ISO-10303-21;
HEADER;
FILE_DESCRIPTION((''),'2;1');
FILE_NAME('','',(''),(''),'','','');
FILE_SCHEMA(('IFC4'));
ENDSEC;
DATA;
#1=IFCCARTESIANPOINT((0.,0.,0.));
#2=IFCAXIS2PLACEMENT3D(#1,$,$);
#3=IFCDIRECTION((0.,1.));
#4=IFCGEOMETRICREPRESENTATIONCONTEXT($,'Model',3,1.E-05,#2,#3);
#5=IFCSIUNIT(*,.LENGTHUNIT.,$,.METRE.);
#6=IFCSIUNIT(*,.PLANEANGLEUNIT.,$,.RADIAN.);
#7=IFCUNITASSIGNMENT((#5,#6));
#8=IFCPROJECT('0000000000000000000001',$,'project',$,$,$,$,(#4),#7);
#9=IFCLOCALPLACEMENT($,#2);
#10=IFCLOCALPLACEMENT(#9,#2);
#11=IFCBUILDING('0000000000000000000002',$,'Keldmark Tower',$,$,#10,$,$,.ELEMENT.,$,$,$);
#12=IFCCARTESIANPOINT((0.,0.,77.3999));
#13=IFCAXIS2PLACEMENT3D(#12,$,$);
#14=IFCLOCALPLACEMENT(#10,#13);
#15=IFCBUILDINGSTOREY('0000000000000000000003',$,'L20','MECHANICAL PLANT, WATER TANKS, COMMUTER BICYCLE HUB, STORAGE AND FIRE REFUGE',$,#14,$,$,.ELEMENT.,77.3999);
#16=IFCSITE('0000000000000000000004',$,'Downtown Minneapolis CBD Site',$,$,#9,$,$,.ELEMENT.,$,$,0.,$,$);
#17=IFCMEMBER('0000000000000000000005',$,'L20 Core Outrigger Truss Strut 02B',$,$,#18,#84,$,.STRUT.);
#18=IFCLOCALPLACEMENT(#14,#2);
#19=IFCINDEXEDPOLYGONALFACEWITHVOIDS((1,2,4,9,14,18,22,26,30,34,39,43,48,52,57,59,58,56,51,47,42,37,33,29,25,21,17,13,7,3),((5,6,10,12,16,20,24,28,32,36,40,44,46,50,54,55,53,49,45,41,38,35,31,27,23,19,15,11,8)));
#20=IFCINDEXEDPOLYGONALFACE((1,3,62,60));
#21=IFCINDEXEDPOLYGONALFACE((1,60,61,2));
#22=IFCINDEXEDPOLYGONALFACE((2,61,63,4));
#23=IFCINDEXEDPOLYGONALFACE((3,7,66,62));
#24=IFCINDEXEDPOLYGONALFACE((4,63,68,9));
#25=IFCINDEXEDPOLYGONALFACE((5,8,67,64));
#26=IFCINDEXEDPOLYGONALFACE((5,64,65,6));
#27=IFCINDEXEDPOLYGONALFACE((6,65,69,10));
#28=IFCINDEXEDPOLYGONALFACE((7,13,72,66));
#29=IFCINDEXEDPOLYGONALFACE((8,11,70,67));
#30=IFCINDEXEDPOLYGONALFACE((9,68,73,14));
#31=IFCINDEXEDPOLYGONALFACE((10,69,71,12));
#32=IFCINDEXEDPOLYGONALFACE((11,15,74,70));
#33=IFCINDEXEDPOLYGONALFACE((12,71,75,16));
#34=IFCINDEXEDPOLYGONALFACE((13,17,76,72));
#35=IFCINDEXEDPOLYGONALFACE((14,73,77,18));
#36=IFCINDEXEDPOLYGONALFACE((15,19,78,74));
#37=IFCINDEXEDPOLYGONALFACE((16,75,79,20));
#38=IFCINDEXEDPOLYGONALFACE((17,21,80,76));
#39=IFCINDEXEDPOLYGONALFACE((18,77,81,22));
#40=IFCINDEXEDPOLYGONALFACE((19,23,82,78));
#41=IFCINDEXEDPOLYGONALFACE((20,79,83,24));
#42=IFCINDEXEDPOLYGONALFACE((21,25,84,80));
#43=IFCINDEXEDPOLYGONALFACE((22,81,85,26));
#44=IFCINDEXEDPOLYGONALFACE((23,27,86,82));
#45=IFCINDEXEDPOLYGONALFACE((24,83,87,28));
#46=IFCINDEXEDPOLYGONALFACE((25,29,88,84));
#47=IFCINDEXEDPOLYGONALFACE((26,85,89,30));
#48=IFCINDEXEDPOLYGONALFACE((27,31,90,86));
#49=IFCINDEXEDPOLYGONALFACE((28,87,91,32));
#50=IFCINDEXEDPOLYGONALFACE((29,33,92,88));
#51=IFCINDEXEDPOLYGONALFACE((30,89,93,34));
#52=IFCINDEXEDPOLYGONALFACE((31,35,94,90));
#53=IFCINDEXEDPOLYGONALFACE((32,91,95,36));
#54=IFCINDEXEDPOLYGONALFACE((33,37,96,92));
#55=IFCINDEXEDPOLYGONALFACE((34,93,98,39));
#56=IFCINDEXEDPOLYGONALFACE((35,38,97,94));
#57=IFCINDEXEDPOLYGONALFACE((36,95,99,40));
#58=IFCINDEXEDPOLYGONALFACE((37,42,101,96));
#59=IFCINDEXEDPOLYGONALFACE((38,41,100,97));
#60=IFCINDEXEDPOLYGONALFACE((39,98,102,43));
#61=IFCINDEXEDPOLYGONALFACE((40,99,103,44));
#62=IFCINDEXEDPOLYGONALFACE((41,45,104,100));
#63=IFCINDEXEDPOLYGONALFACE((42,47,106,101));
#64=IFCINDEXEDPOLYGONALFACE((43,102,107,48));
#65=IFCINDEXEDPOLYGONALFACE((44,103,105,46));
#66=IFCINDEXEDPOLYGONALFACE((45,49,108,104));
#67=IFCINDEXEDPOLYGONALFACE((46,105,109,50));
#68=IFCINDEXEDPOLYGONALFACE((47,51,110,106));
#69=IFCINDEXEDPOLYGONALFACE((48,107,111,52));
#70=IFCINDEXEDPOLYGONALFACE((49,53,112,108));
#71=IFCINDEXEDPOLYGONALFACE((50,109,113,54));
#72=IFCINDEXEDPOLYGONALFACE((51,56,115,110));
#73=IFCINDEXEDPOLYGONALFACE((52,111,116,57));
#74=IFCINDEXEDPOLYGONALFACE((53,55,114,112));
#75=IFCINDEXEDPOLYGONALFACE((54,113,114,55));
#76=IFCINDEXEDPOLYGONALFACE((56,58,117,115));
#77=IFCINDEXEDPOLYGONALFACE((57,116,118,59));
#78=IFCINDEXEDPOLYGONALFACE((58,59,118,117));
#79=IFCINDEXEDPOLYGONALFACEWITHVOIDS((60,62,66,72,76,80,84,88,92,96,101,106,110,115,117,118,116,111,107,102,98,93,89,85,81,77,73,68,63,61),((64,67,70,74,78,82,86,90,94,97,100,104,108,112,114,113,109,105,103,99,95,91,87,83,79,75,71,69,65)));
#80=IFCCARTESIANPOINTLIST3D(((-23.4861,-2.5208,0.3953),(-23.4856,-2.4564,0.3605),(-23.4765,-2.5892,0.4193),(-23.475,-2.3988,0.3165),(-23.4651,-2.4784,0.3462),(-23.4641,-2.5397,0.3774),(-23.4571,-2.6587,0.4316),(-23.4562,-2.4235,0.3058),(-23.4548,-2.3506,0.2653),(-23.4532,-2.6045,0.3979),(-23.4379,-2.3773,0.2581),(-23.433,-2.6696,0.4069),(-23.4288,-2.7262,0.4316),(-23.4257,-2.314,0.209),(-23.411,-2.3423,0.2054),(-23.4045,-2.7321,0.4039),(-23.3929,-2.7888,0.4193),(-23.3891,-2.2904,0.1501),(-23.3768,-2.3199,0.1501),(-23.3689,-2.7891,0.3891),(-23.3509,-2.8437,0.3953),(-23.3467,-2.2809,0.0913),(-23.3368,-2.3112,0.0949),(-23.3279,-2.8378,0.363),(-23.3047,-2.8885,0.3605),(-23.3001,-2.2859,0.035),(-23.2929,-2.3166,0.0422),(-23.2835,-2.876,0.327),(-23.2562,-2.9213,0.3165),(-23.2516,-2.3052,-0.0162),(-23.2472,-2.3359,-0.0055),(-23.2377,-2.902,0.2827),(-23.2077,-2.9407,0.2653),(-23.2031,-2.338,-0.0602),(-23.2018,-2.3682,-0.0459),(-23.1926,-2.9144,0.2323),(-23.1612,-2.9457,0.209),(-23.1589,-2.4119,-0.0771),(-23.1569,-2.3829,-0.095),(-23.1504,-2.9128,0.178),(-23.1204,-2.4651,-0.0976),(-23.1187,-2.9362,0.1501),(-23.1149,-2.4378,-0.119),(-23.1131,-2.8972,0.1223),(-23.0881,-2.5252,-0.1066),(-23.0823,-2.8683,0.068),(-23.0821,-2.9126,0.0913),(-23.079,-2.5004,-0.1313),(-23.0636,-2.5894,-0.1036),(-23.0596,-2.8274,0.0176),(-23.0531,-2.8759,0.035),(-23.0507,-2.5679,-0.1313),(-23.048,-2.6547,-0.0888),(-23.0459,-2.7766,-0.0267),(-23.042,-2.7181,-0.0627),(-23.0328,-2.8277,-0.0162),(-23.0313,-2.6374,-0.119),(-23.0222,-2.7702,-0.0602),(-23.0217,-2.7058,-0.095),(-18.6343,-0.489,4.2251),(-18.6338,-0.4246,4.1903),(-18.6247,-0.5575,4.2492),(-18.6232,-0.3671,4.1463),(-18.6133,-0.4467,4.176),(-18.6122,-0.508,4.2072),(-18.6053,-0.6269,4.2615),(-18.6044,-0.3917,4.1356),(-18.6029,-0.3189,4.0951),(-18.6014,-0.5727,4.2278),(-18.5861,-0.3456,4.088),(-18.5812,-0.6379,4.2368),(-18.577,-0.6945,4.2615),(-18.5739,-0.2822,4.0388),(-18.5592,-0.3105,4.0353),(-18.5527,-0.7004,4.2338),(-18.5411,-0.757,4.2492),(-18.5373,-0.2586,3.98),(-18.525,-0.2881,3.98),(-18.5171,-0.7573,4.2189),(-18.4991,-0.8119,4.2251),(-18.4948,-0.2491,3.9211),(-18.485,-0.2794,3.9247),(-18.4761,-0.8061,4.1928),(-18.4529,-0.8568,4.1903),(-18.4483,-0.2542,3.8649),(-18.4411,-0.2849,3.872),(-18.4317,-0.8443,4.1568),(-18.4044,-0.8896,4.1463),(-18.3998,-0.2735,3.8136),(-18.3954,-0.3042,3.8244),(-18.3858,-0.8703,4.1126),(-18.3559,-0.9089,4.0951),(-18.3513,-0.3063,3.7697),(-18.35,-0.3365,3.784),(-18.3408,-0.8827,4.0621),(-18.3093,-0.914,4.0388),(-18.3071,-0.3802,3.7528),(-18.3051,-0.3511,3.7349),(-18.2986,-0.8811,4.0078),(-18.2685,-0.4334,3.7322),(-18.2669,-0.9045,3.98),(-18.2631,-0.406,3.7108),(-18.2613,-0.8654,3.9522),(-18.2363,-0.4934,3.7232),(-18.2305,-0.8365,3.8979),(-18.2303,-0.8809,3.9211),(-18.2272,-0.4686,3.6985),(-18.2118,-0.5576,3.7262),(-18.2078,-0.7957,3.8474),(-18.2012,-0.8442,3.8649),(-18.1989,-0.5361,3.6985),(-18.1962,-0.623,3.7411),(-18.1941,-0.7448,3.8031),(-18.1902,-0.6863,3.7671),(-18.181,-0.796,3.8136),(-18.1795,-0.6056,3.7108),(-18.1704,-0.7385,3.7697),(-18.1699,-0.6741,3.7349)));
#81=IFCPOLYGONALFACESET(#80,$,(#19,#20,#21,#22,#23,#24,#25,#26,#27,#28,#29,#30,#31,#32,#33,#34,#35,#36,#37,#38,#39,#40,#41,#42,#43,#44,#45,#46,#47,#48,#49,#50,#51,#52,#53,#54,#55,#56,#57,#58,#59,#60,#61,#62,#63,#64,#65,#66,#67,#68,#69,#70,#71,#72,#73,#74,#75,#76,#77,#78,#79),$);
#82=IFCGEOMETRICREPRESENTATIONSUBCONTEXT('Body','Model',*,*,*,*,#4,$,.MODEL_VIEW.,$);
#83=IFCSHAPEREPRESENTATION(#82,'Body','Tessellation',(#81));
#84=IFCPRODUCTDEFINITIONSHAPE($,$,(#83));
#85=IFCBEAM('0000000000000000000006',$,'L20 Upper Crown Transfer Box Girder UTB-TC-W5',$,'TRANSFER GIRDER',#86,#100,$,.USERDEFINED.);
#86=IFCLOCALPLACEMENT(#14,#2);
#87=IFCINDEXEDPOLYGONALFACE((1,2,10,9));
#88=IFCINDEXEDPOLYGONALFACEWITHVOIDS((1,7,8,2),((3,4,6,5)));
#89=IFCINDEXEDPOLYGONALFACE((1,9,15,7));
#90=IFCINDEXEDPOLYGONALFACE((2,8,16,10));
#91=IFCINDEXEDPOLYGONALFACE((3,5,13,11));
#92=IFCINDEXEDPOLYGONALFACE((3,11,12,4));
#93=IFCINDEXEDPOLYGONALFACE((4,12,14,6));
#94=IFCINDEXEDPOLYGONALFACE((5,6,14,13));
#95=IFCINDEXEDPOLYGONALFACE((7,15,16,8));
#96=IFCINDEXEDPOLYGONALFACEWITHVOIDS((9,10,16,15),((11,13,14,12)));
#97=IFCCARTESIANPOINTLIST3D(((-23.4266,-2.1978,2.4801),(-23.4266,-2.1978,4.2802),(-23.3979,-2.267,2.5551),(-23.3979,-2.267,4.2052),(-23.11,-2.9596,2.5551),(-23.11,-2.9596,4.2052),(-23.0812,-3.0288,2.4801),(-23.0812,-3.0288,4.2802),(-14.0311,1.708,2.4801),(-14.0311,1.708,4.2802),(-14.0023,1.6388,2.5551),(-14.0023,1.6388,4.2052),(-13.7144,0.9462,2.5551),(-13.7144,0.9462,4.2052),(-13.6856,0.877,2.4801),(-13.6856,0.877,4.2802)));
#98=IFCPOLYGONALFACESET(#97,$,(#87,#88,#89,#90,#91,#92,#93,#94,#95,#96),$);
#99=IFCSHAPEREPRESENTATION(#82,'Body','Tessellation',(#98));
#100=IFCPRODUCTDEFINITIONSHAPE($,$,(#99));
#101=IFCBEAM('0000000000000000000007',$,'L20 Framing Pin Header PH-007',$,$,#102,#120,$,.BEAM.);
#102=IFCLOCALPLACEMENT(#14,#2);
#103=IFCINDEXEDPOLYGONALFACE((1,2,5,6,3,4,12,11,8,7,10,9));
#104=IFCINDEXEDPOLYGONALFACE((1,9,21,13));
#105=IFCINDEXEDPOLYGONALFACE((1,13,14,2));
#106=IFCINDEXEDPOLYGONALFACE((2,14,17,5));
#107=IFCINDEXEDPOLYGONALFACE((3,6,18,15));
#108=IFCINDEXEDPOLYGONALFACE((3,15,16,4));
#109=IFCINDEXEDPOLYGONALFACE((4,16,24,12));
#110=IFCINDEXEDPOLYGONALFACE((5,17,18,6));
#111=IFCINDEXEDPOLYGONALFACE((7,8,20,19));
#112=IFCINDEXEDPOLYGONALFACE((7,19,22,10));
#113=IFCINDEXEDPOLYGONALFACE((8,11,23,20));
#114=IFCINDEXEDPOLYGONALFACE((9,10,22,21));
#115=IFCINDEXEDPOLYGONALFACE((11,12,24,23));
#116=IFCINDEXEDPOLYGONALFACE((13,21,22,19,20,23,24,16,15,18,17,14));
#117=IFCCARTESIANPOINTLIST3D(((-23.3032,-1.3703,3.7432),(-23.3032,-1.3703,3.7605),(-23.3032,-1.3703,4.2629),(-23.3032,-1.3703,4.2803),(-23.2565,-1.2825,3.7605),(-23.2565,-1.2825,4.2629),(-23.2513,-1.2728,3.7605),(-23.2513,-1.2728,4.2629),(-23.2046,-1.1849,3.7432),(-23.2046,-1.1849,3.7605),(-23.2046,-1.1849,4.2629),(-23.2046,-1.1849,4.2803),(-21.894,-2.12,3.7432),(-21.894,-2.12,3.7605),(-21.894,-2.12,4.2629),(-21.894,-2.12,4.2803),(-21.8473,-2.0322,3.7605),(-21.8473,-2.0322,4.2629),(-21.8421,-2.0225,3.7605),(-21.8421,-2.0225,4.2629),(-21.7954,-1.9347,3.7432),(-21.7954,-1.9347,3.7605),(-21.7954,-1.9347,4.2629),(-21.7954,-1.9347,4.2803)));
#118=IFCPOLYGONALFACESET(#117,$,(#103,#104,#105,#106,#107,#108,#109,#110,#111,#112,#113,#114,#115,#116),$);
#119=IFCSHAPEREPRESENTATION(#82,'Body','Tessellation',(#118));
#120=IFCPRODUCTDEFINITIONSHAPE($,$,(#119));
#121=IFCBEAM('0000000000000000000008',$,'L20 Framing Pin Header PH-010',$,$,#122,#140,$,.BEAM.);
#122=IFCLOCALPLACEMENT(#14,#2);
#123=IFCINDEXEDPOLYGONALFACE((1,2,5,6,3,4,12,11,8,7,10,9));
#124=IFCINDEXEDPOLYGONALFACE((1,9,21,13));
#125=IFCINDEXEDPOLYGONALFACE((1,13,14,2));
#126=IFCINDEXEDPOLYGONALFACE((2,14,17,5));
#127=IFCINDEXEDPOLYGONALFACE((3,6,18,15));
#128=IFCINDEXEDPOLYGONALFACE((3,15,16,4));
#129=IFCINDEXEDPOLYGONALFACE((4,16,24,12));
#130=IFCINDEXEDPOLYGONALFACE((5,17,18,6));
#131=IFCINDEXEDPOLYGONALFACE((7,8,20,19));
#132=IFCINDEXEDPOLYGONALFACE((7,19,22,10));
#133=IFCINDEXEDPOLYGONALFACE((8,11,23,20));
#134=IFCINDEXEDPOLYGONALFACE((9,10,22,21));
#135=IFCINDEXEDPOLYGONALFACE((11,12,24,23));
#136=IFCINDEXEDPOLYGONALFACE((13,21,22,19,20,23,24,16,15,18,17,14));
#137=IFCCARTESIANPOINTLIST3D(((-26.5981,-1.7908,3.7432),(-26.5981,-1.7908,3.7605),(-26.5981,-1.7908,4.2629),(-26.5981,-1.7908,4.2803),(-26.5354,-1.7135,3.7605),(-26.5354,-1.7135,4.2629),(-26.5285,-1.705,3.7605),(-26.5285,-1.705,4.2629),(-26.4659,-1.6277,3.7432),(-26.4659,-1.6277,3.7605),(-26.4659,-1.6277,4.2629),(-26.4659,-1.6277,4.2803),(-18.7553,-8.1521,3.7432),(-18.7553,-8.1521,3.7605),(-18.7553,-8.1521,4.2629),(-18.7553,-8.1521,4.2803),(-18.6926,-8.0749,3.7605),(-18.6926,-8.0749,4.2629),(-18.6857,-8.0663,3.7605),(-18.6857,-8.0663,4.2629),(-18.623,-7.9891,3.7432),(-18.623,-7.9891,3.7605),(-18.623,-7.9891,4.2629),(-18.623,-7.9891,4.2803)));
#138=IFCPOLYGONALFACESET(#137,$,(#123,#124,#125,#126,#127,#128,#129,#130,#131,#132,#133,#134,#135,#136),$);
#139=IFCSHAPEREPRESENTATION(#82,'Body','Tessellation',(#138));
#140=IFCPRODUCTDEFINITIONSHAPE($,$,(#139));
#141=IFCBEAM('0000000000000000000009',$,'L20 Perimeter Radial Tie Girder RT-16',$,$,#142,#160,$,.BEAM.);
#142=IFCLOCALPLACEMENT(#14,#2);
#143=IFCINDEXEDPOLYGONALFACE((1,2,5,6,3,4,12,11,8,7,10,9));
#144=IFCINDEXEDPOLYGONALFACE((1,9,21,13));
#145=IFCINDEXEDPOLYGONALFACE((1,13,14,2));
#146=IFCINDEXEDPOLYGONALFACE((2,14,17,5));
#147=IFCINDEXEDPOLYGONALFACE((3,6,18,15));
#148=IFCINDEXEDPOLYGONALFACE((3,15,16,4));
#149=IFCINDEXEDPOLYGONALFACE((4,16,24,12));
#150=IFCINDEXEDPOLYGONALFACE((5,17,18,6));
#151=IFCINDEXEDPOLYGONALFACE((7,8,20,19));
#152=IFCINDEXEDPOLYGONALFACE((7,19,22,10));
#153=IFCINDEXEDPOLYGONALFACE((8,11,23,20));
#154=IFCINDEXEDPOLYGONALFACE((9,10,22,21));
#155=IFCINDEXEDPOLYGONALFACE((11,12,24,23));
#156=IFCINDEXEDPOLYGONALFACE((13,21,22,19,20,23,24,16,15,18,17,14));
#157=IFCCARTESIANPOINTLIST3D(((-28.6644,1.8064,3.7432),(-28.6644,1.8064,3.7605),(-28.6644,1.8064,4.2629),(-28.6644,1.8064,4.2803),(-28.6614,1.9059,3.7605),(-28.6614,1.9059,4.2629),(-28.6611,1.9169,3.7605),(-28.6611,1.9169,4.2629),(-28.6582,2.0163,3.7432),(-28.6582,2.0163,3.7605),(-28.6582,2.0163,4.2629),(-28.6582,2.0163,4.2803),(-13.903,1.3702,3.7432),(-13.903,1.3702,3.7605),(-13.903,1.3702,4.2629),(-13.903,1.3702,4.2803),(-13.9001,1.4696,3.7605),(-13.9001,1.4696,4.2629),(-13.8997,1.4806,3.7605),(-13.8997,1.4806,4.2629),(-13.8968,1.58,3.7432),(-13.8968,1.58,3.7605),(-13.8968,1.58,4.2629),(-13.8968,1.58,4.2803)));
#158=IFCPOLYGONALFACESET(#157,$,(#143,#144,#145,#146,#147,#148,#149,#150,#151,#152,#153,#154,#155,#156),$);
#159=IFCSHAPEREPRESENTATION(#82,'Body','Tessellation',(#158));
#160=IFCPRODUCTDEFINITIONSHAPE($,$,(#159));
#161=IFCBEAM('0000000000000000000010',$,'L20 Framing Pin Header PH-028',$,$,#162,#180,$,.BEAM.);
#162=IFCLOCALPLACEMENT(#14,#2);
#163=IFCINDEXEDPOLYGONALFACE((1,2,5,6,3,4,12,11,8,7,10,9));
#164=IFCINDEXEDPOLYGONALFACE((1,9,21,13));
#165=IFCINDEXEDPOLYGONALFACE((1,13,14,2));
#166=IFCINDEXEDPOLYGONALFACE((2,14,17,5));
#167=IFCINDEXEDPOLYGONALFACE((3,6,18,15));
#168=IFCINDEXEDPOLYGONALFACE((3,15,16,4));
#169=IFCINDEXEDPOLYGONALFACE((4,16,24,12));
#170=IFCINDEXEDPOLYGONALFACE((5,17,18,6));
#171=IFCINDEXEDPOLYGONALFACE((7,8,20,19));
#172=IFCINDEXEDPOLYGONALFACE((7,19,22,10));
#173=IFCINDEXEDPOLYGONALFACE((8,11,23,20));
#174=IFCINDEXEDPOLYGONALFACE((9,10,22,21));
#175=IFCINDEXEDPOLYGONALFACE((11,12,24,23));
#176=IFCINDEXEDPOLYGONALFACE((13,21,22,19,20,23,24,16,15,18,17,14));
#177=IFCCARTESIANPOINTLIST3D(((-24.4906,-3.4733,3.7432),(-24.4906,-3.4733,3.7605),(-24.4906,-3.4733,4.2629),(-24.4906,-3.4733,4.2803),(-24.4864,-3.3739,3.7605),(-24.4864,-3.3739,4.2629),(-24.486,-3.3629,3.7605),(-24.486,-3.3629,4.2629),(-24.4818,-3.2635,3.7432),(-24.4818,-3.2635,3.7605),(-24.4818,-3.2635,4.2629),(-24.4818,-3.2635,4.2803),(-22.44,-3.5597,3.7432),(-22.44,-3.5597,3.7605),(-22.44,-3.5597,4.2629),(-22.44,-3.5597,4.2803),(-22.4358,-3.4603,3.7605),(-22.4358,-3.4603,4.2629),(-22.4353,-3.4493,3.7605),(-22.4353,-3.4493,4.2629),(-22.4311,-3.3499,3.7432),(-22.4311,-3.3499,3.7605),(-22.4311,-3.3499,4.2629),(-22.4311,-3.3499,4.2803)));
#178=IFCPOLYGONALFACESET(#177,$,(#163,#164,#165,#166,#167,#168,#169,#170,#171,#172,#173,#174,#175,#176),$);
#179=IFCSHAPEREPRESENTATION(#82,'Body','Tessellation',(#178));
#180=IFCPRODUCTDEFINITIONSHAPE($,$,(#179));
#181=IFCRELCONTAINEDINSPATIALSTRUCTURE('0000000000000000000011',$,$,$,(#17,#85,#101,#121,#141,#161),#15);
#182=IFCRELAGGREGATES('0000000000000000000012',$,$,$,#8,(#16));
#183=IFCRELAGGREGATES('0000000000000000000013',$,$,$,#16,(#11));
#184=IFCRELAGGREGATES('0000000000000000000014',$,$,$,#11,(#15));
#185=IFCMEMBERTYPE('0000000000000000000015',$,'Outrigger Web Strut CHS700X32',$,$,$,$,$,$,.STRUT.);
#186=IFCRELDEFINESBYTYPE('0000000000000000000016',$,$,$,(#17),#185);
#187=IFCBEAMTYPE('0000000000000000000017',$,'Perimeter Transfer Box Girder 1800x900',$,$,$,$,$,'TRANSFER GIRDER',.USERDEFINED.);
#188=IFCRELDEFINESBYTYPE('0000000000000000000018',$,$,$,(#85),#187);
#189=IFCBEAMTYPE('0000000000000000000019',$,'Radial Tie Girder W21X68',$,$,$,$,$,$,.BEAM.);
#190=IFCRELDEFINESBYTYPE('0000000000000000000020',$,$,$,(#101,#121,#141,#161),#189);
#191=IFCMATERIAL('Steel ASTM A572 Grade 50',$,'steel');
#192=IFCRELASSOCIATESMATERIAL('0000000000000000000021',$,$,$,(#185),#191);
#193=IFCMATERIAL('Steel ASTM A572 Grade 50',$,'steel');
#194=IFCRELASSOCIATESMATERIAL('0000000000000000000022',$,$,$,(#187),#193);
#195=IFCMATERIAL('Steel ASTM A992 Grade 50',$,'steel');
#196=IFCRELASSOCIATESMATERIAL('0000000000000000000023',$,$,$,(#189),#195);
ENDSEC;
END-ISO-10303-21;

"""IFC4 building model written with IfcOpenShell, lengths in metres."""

from ifc_helpers import new_model, si_unit, direction, frame, origin, origin_2d, place, context, subcontext, project, spatial, hollow_rectangle, hollow_circle, i_section, extrude, material, material_profile, profile_set, type_object, element, save


model = new_model("IFC4")

# Units and contexts
model_context = context("Model", 3, precision=1e-05, world=origin(), true_north=direction((0.0, 1.0)))
body_context = subcontext(model_context, "Body", "Model", "MODEL_VIEW")
ifc_project = project(units=[si_unit("LENGTHUNIT", "METRE"), si_unit("PLANEANGLEUNIT", "RADIAN")], contexts=[model_context])

# Site, building, storey
site_placement = place(None, origin())
site = spatial("IfcSite", under=ifc_project, at=site_placement, Name="Downtown Minneapolis CBD Site", CompositionType="ELEMENT", RefElevation=0.0)
building_placement = place(site_placement, origin())
building = spatial("IfcBuilding", under=site, at=building_placement, Name="Keldmark Tower", CompositionType="ELEMENT")
storey_placement = place(building_placement, frame((0.0, 0.0, 77.3999)))
storey = spatial("IfcBuildingStorey", under=building, at=storey_placement, Name="L20", Description="MECHANICAL PLANT, WATER TANKS, COMMUTER BICYCLE HUB, STORAGE AND FIRE REFUGE", CompositionType="ELEMENT", Elevation=77.3999)

# Member
ifc_material_1 = material(Name="Steel ASTM A572 Grade 50", Category="steel")
ifc_material_profile_1 = material_profile(ifc_material_1, hollow_circle(Radius=0.3501, WallThickness=0.032, at=origin_2d()), Name="CHS700X32")
ifc_profile_set_1 = profile_set([ifc_material_profile_1], Name="Steel ASTM A572 Grade 50")
member_type_1 = type_object("IfcMemberType", Name="Outrigger Web Strut CHS700X32", PredefinedType="STRUT", material=ifc_profile_set_1)
member_1_placement = place(storey_placement, frame((-23.2539, -2.6133, 0.1501), z_axis=(0.745677, 0.312259, 0.588609), x_axis=(-0.386259, 0.92239, 0.0)))
element("IfcMember", 1, at=member_1_placement, inside=storey, type_object=member_type_1, Name="L20 Core Outrigger Truss Strut 02B", PredefinedType="STRUT", context=body_context, shape_type="SweptSolid", body=[
    extrude(hollow_circle(Radius=0.3501, WallThickness=0.032, at=origin_2d()), origin(), (0.0, 0.0, 1.0), 6.5066),
])

# Beams
ifc_material_2 = material(Name="Steel ASTM A572 Grade 50", Category="steel")
ifc_material_profile_2 = material_profile(ifc_material_2, hollow_rectangle(XDim=0.8999, YDim=1.8, WallThickness=0.075, at=origin_2d()), Name="TBOX1800X900X75")
ifc_profile_set_2 = profile_set([ifc_material_profile_2], Name="Steel ASTM A572 Grade 50")
beam_type_1 = type_object("IfcBeamType", Name="Perimeter Transfer Box Girder 1800x900", ElementType="TRANSFER GIRDER", PredefinedType="USERDEFINED", material=ifc_profile_set_2)
beam_1_placement = place(storey_placement, frame((-23.2539, -2.6133, 3.3801), z_axis=(0.923392, 0.383859, 0.0), x_axis=(-0.383859, 0.923392, 0.0)))
element("IfcBeam", 2, at=beam_1_placement, inside=storey, type_object=beam_type_1, Name="L20 Upper Crown Transfer Box Girder UTB-TC-W5", ObjectType="TRANSFER GIRDER", PredefinedType="USERDEFINED", context=body_context, shape_type="SweptSolid", body=[
    extrude(hollow_rectangle(XDim=0.8999, YDim=1.8, WallThickness=0.075, at=origin_2d()), origin(), (0.0, 0.0, 1.0), 10.175),
])
ifc_material_3 = material(Name="Steel ASTM A992 Grade 50", Category="steel")
ifc_material_profile_3 = material_profile(ifc_material_3, i_section(OverallWidth=0.21, OverallDepth=0.5371, WebThickness=0.011, FlangeThickness=0.0173, at=origin_2d()), Name="W21X68")
ifc_profile_set_3 = profile_set([ifc_material_profile_3], Name="Steel ASTM A992 Grade 50")
beam_type_2 = type_object("IfcBeamType", Name="Radial Tie Girder W21X68", PredefinedType="BEAM", material=ifc_profile_set_3)
beam_2_placement = place(storey_placement, frame((-21.8447, -2.0273, 4.0117), z_axis=(-0.882822, 0.469707, 0.0), x_axis=(-0.469707, -0.882822, 0.0)))
element("IfcBeam", 3, at=beam_2_placement, inside=storey, type_object=beam_type_2, Name="L20 Framing Pin Header PH-007", PredefinedType="BEAM", context=body_context, shape_type="SweptSolid", body=[
    extrude(i_section(OverallWidth=0.21, OverallDepth=0.5371, WebThickness=0.011, FlangeThickness=0.0173, at=origin_2d()), origin(), (0.0, 0.0, 1.0), 1.5962),
])
beam_3_placement = place(storey_placement, frame((-26.532, -1.7092, 4.0117), z_axis=(0.776643, -0.629941, 0.0), x_axis=(0.629941, 0.776643, 0.0)))
element("IfcBeam", 4, at=beam_3_placement, inside=storey, type_object=beam_type_2, Name="L20 Framing Pin Header PH-010", PredefinedType="BEAM", context=body_context, shape_type="SweptSolid", body=[
    extrude(i_section(OverallWidth=0.21, OverallDepth=0.5371, WebThickness=0.011, FlangeThickness=0.0173, at=origin_2d()), origin(), (0.0, 0.0, 1.0), 10.0984),
])
beam_4_placement = place(storey_placement, frame((-13.8999, 1.4751, 4.0117), z_axis=(-0.999564, 0.029542, 0.0), x_axis=(-0.029542, -0.999564, 0.0)))
element("IfcBeam", 5, at=beam_4_placement, inside=storey, type_object=beam_type_2, Name="L20 Perimeter Radial Tie Girder RT-16", PredefinedType="BEAM", context=body_context, shape_type="SweptSolid", body=[
    extrude(i_section(OverallWidth=0.21, OverallDepth=0.5371, WebThickness=0.011, FlangeThickness=0.0173, at=origin_2d()), origin(), (0.0, 0.0, 1.0), 14.7678),
])
beam_5_placement = place(storey_placement, frame((-22.4355, -3.4548, 4.0117), z_axis=(-0.999113, 0.042105, 0.0), x_axis=(-0.042105, -0.999113, 0.0)))
element("IfcBeam", 6, at=beam_5_placement, inside=storey, type_object=beam_type_2, Name="L20 Framing Pin Header PH-028", PredefinedType="BEAM", context=body_context, shape_type="SweptSolid", body=[
    extrude(i_section(OverallWidth=0.21, OverallDepth=0.5371, WebThickness=0.011, FlangeThickness=0.0173, at=origin_2d()), origin(), (0.0, 0.0, 1.0), 2.0525),
])

save(model, "model.ifc")
